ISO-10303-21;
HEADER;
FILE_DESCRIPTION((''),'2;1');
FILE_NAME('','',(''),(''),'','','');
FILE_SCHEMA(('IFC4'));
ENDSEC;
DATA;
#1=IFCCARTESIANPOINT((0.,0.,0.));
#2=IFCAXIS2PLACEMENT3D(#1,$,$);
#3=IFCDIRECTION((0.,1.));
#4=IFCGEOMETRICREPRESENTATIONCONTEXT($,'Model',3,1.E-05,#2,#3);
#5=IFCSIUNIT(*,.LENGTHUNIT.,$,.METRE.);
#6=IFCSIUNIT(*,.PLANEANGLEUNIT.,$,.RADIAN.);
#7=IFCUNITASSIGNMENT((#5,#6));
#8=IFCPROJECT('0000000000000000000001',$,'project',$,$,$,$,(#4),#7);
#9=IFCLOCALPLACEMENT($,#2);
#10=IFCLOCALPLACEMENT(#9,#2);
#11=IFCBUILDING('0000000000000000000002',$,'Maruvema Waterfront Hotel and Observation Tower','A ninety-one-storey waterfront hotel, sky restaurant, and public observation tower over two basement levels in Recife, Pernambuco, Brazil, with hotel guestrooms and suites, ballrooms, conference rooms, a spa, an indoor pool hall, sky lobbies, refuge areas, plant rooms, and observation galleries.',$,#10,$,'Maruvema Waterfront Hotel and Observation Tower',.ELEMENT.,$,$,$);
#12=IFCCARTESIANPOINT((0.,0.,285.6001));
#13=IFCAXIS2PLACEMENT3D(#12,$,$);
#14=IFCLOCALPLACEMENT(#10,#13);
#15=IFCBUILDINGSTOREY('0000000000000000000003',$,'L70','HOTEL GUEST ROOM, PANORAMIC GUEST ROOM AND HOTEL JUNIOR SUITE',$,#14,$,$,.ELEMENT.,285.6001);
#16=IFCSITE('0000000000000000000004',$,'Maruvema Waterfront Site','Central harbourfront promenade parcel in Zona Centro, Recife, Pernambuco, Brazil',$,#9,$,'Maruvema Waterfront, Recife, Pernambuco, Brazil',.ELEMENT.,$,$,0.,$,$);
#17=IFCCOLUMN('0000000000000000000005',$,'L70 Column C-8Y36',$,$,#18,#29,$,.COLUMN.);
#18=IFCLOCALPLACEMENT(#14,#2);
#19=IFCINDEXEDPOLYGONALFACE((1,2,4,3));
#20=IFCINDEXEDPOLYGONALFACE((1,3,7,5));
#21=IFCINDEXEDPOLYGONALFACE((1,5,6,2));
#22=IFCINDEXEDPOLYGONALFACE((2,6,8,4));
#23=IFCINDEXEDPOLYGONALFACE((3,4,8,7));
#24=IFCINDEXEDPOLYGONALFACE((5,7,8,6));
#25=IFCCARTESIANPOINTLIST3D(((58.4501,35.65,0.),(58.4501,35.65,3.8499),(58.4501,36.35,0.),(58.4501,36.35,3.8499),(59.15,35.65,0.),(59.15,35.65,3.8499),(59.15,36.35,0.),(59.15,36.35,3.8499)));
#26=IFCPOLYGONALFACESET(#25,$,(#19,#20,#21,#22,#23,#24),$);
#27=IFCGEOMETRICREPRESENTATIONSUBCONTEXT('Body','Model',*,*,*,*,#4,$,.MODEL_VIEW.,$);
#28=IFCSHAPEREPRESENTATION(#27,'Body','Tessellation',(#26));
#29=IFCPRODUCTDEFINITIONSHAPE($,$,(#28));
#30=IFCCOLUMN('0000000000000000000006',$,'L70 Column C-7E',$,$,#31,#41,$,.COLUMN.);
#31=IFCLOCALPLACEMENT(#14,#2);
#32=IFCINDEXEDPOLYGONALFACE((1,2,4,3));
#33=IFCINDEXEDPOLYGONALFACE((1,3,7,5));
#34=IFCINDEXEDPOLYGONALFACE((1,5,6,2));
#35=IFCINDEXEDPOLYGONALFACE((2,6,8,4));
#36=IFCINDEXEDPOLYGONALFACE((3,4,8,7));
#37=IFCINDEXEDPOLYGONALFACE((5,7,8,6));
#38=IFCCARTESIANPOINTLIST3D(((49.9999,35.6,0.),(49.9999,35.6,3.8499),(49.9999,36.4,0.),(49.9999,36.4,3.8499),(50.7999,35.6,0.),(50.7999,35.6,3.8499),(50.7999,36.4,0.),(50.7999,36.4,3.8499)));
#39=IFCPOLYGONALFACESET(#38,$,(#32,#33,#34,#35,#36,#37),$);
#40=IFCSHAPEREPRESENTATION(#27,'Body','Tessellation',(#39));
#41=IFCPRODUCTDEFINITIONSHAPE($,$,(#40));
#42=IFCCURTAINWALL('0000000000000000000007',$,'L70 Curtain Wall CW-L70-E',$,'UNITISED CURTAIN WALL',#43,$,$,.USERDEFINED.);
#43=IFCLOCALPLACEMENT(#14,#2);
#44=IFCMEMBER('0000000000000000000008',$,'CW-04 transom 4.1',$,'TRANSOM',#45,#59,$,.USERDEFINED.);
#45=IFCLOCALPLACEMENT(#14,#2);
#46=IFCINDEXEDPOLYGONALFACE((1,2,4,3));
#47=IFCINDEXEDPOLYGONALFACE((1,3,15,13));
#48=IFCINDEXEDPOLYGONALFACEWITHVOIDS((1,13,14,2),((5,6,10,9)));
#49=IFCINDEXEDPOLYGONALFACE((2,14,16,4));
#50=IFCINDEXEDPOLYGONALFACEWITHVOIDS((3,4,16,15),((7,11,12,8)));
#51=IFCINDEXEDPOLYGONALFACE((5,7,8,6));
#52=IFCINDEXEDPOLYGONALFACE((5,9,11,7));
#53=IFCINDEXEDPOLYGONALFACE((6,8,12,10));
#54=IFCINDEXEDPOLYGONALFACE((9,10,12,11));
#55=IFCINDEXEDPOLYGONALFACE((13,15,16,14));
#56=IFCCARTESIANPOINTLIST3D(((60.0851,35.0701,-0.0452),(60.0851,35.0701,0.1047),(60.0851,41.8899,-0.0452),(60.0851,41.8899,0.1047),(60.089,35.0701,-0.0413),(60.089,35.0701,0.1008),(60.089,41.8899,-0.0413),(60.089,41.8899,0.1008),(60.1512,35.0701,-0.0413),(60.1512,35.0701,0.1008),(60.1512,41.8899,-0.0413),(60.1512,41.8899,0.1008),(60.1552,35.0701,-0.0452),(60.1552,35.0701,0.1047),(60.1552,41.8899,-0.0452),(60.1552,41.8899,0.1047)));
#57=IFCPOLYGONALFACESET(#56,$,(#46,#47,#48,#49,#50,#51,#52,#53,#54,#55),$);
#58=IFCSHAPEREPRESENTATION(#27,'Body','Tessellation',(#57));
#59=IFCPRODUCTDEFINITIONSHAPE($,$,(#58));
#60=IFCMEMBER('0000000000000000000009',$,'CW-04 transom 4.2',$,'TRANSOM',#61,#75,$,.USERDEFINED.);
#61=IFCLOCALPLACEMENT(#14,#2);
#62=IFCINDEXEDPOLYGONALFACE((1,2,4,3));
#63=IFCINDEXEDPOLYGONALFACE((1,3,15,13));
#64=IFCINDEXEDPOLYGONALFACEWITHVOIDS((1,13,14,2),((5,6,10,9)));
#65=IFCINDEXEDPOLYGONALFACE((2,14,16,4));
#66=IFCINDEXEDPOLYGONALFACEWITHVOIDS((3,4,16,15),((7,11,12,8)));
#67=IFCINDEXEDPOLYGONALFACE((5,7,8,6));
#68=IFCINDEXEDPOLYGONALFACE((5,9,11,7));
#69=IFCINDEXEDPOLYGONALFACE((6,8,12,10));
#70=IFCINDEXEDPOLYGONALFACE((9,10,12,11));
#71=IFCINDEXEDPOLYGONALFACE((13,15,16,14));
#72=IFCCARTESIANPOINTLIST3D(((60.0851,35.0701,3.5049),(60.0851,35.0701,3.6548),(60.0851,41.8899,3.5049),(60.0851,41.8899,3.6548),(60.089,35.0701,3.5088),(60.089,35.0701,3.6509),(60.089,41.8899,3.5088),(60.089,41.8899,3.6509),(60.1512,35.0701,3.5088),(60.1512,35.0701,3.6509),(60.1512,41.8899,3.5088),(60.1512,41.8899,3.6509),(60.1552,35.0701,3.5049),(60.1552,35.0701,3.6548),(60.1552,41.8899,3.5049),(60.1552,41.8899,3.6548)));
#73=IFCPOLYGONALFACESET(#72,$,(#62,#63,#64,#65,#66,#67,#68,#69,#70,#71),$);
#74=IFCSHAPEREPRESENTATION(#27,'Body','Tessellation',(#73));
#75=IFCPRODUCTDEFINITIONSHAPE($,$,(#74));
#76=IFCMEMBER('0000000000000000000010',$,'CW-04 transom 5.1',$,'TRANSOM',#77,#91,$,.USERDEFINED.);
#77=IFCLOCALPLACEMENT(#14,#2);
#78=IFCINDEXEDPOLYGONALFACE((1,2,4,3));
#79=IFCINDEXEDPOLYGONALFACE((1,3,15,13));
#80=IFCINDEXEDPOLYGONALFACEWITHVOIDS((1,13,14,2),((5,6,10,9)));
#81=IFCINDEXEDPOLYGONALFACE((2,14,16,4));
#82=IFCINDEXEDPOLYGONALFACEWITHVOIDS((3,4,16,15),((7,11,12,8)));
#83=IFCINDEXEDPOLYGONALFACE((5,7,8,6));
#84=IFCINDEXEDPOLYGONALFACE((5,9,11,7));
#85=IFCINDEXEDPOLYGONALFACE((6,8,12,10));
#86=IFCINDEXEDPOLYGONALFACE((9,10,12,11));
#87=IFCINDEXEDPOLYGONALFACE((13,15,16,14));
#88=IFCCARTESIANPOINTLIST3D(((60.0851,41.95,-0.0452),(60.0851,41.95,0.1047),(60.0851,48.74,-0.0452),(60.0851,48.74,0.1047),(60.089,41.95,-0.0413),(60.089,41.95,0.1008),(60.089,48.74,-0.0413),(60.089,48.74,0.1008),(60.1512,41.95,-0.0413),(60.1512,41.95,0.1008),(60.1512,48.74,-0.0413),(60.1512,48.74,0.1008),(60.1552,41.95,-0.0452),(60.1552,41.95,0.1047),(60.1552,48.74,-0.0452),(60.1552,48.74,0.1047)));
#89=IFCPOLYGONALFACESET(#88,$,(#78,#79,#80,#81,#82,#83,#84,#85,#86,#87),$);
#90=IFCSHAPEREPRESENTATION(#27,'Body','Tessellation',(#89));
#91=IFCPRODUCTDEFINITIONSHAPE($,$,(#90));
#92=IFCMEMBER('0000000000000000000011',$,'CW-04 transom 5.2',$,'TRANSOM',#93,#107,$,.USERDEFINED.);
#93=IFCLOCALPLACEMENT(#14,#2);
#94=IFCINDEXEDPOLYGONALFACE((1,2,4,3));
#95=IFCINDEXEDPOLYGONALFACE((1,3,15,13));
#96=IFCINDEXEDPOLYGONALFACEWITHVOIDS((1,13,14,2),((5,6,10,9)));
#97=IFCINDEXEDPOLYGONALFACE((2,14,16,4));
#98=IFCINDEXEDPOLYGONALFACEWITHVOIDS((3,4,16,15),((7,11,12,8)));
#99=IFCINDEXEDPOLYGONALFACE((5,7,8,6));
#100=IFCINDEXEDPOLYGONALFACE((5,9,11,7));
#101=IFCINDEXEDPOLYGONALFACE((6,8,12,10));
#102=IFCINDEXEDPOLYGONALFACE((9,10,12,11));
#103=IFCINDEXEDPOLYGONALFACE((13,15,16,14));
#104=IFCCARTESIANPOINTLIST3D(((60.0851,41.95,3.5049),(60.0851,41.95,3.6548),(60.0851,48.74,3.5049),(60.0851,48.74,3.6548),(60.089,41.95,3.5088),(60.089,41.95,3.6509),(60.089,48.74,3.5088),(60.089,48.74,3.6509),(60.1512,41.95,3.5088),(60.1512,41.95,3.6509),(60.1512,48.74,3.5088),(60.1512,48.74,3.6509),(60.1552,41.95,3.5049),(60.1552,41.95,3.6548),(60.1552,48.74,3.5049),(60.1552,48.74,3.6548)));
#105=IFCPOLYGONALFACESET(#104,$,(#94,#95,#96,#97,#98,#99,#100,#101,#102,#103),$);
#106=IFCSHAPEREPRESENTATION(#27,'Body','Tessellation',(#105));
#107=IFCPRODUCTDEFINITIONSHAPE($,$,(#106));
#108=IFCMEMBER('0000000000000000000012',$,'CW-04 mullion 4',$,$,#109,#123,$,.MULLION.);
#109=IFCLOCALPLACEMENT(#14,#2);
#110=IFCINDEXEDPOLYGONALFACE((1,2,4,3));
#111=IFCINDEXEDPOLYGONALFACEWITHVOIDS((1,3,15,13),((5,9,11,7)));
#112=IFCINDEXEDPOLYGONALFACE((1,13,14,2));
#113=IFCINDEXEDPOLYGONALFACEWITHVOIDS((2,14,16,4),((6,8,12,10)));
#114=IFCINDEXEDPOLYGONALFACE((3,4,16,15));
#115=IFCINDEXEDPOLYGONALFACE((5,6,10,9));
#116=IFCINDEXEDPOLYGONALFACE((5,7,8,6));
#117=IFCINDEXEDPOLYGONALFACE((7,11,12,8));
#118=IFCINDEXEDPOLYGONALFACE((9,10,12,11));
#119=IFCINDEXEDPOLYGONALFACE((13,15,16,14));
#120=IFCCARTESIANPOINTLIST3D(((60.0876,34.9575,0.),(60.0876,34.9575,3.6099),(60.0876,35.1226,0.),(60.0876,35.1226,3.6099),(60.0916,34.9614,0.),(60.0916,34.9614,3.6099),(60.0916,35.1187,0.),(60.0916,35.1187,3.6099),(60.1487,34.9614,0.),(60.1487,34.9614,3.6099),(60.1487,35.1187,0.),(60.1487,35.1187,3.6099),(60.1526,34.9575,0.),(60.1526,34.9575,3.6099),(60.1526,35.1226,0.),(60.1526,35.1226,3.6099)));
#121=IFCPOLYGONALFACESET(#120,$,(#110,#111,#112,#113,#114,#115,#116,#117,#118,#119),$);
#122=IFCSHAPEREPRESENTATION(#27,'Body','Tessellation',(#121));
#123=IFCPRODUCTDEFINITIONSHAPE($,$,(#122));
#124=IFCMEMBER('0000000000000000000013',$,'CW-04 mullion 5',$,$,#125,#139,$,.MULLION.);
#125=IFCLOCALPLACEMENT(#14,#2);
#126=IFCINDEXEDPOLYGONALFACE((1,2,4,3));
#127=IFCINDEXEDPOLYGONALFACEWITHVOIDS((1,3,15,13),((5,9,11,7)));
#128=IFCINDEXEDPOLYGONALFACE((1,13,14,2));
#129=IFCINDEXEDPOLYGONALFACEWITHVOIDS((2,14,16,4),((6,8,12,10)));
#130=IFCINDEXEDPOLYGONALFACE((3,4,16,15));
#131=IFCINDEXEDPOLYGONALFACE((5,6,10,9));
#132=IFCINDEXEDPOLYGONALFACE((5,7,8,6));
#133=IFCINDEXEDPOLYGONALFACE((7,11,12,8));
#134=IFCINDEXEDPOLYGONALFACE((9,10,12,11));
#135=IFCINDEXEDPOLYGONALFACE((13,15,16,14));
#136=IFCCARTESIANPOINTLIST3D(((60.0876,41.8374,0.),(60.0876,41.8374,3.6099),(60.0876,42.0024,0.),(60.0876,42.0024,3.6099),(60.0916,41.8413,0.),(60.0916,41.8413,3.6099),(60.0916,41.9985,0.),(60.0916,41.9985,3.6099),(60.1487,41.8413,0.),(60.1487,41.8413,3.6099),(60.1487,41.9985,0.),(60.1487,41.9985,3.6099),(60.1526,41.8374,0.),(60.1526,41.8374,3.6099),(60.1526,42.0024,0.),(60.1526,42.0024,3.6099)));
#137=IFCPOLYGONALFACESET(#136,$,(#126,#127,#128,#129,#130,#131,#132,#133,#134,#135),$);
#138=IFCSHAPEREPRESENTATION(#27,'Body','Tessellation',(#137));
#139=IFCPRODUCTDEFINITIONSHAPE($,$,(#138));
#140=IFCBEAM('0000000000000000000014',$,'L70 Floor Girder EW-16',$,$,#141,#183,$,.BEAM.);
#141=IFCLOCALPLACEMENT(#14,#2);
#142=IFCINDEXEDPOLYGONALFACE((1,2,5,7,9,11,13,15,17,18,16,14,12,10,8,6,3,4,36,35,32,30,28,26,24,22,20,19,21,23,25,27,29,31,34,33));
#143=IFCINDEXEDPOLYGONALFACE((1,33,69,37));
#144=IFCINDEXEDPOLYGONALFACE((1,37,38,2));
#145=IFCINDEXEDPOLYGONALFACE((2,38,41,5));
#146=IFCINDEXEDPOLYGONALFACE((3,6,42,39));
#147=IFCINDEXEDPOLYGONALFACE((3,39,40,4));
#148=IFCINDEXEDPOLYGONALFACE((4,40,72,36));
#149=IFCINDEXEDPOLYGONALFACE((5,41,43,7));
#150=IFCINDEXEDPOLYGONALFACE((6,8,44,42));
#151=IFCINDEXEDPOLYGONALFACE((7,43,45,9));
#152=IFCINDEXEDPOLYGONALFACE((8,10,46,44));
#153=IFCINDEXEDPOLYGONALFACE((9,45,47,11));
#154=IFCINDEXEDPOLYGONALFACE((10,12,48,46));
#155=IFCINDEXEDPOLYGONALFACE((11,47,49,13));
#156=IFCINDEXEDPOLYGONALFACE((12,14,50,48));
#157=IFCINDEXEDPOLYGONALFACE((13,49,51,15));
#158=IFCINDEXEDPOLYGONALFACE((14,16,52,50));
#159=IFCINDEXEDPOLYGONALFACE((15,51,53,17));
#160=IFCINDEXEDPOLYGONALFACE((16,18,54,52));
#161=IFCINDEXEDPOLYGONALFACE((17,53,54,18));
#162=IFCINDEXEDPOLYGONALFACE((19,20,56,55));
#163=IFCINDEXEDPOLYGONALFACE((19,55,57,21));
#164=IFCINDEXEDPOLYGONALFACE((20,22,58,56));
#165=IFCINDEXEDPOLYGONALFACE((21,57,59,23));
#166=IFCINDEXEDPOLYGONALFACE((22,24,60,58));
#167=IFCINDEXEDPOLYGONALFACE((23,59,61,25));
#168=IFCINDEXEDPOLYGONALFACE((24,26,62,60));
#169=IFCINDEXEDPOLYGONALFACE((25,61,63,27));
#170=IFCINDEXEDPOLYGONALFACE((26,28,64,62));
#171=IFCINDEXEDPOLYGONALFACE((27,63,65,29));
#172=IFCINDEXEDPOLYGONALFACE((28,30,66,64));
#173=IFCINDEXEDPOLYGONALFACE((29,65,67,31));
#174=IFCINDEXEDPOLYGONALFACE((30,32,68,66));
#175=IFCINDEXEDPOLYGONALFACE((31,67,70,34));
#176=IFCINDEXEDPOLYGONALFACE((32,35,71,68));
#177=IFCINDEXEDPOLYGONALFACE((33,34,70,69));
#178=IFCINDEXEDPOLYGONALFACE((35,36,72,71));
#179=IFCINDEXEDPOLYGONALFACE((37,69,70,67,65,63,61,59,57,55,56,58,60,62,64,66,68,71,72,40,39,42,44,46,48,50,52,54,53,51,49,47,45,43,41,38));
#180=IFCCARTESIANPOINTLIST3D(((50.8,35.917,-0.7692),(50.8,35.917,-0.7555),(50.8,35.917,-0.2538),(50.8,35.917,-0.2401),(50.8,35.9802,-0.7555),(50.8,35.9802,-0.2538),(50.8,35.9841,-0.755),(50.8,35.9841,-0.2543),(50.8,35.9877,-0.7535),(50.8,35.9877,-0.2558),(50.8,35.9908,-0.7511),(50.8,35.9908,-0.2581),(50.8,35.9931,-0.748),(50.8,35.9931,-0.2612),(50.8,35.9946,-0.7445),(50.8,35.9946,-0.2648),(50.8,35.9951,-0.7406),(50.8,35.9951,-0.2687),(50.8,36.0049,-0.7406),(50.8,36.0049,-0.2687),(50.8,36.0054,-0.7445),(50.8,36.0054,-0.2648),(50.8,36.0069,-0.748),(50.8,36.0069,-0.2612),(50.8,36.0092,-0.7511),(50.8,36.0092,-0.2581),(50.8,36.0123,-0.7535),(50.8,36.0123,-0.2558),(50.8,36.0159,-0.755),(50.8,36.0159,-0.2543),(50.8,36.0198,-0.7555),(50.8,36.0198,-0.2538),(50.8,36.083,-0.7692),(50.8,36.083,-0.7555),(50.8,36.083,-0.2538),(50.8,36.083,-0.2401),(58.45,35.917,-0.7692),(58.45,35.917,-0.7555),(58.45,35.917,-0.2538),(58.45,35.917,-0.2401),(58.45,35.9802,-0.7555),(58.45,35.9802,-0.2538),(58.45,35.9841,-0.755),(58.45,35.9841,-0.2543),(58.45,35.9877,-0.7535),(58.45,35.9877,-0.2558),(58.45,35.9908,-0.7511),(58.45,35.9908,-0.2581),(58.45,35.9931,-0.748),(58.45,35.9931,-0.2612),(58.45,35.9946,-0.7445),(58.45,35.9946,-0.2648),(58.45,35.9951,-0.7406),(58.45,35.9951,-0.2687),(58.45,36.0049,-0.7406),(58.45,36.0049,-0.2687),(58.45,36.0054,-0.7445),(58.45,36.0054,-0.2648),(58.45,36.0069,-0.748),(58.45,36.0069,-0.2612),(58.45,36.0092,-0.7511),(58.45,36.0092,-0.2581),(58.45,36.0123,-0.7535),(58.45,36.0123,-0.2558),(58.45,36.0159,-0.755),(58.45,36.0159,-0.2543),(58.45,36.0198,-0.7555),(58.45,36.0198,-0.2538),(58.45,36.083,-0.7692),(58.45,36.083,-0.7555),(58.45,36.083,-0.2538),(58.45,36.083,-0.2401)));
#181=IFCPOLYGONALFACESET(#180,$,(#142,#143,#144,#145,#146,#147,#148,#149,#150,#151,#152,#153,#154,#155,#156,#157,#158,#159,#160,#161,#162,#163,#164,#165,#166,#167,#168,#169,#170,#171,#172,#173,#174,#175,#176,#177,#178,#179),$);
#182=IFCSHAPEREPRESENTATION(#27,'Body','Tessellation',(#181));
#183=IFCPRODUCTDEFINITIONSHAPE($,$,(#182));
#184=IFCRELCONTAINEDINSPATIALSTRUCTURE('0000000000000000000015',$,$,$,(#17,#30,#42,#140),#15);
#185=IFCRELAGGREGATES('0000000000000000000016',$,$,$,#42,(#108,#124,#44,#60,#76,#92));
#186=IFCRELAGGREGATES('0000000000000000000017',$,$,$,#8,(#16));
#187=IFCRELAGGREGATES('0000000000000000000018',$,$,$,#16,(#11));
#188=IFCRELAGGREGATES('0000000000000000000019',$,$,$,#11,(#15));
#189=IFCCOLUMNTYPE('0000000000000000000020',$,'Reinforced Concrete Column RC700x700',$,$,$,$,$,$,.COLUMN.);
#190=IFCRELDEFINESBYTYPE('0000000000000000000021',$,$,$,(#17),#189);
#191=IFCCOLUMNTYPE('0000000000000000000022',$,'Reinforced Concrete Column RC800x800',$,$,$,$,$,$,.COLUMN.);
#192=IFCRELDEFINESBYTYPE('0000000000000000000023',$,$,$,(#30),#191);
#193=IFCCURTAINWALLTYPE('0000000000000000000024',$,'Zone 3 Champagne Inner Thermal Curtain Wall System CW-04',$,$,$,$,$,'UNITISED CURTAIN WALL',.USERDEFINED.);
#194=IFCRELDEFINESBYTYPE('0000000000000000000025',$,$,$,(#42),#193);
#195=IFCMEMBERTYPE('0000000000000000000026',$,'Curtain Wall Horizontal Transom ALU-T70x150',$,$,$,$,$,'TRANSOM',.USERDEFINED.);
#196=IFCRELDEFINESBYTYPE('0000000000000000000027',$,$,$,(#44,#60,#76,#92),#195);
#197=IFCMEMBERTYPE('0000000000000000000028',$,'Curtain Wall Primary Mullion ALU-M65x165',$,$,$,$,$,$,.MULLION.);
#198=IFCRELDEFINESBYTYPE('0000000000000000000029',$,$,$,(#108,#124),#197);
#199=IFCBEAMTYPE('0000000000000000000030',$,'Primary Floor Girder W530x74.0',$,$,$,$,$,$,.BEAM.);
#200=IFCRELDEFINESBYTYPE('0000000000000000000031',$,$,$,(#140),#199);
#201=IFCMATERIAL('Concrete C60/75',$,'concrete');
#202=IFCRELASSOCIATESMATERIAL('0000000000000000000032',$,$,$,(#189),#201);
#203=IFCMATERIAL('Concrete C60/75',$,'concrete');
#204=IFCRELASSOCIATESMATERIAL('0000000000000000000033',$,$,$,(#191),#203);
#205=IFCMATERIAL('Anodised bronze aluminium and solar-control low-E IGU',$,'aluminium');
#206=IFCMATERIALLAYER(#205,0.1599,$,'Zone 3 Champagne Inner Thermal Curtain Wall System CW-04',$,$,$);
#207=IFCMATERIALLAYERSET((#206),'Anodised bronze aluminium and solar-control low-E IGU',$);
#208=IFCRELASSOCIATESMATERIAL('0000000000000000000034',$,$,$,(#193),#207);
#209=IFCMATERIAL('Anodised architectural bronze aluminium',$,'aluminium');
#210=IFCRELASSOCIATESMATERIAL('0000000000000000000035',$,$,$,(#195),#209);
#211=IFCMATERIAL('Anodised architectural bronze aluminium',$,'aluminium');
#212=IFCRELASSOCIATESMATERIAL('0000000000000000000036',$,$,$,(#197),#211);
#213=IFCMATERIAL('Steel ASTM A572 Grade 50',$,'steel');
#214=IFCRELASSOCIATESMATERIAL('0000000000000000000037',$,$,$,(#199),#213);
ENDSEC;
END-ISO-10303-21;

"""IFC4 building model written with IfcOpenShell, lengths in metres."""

from ifc_helpers import new_model, si_unit, direction, frame, origin, origin_2d, place, context, subcontext, project, spatial, rectangle, hollow_rectangle, i_section, extrude, material, layer, layer_set, material_profile, profile_set, type_object, element, aggregate, save


model = new_model("IFC4")

# Units and contexts
model_context = context("Model", 3, precision=1e-05, world=origin(), true_north=direction((0.0, 1.0)))
body_context = subcontext(model_context, "Body", "Model", "MODEL_VIEW")
ifc_project = project(units=[si_unit("LENGTHUNIT", "METRE"), si_unit("PLANEANGLEUNIT", "RADIAN")], contexts=[model_context])

# Site, building, storey
site_placement = place(None, origin())
site = spatial("IfcSite", under=ifc_project, at=site_placement, Name="Maruvema Waterfront Site", Description="Central harbourfront promenade parcel in Zona Centro, Recife, Pernambuco, Brazil", LongName="Maruvema Waterfront, Recife, Pernambuco, Brazil", CompositionType="ELEMENT", RefElevation=0.0)
building_placement = place(site_placement, origin())
building = spatial("IfcBuilding", under=site, at=building_placement, Name="Maruvema Waterfront Hotel and Observation Tower", Description="A ninety-one-storey waterfront hotel, sky restaurant, and public observation tower over two basement levels in Recife, Pernambuco, Brazil, with hotel guestrooms and suites, ballrooms, conference rooms, a spa, an indoor pool hall, sky lobbies, refuge areas, plant rooms, and observation galleries.", LongName="Maruvema Waterfront Hotel and Observation Tower", CompositionType="ELEMENT")
storey_placement = place(building_placement, frame((0.0, 0.0, 285.6001)))
storey = spatial("IfcBuildingStorey", under=building, at=storey_placement, Name="L70", Description="HOTEL GUEST ROOM, PANORAMIC GUEST ROOM AND HOTEL JUNIOR SUITE", CompositionType="ELEMENT", Elevation=285.6001)

# Columns
ifc_material_1 = material(Name="Concrete C60/75", Category="concrete")
ifc_material_profile_1 = material_profile(ifc_material_1, rectangle(XDim=0.7, YDim=0.7, at=origin_2d()), Name="RC700x700")
ifc_profile_set_1 = profile_set([ifc_material_profile_1], Name="Concrete C60/75")
column_type_1 = type_object("IfcColumnType", Name="Reinforced Concrete Column RC700x700", PredefinedType="COLUMN", material=ifc_profile_set_1)
column_1_placement = place(storey_placement, frame((58.8, 36.0, 0.0), z_axis=(0.0, 0.0, 1.0), x_axis=(1.0, 0.0, 0.0)))
element("IfcColumn", 1, at=column_1_placement, inside=storey, type_object=column_type_1, Name="L70 Column C-8Y36", PredefinedType="COLUMN", context=body_context, shape_type="SweptSolid", body=[
    extrude(rectangle(XDim=0.7, YDim=0.7, at=origin_2d()), origin(), (0.0, 0.0, 1.0), 3.8499),
])
ifc_material_2 = material(Name="Concrete C60/75", Category="concrete")
ifc_material_profile_2 = material_profile(ifc_material_2, rectangle(XDim=0.8, YDim=0.8, at=origin_2d()), Name="RC800x800")
ifc_profile_set_2 = profile_set([ifc_material_profile_2], Name="Concrete C60/75")
column_type_2 = type_object("IfcColumnType", Name="Reinforced Concrete Column RC800x800", PredefinedType="COLUMN", material=ifc_profile_set_2)
column_2_placement = place(storey_placement, frame((50.3999, 36.0, 0.0), z_axis=(0.0, 0.0, 1.0), x_axis=(1.0, 0.0, 0.0)))
element("IfcColumn", 2, at=column_2_placement, inside=storey, type_object=column_type_2, Name="L70 Column C-7E", PredefinedType="COLUMN", context=body_context, shape_type="SweptSolid", body=[
    extrude(rectangle(XDim=0.8, YDim=0.8, at=origin_2d()), origin(), (0.0, 0.0, 1.0), 3.8499),
])

# Curtain wall, members
ifc_material_3 = material(Name="Anodised bronze aluminium and solar-control low-E IGU", Category="aluminium")
ifc_layer_1 = layer(ifc_material_3, 0.1599, Name="Zone 3 Champagne Inner Thermal Curtain Wall System CW-04")
ifc_layer_set_1 = layer_set([ifc_layer_1], Name="Anodised bronze aluminium and solar-control low-E IGU")
curtain_wall_type = type_object("IfcCurtainWallType", Name="Zone 3 Champagne Inner Thermal Curtain Wall System CW-04", ElementType="UNITISED CURTAIN WALL", PredefinedType="USERDEFINED", material=ifc_layer_set_1)
curtain_wall_placement = place(storey_placement, origin())
curtain_wall = element("IfcCurtainWall", 3, at=curtain_wall_placement, inside=storey, type_object=curtain_wall_type, Name="L70 Curtain Wall CW-L70-E", ObjectType="UNITISED CURTAIN WALL", PredefinedType="USERDEFINED")
ifc_material_4 = material(Name="Anodised architectural bronze aluminium", Category="aluminium")
ifc_material_profile_3 = material_profile(ifc_material_4, hollow_rectangle(XDim=0.0701, YDim=0.1499, WallThickness=0.0039, at=origin_2d()), Name="ALU-T70x150")
ifc_profile_set_3 = profile_set([ifc_material_profile_3], Name="Anodised architectural bronze aluminium")
member_type_1 = type_object("IfcMemberType", Name="Curtain Wall Horizontal Transom ALU-T70x150", ElementType="TRANSOM", PredefinedType="USERDEFINED", material=ifc_profile_set_3)
member_1_placement = place(storey_placement, frame((60.1201, 35.0701, 0.0298), z_axis=(0.0, 1.0, 0.0), x_axis=(-1.0, 0.0, 0.0)))
member_1 = element("IfcMember", 4, at=member_1_placement, type_object=member_type_1, Name="CW-04 transom 4.1", ObjectType="TRANSOM", PredefinedType="USERDEFINED", context=body_context, shape_type="SweptSolid", body=[
    extrude(hollow_rectangle(XDim=0.0701, YDim=0.1499, WallThickness=0.0039, at=origin_2d()), origin(), (0.0, 0.0, 1.0), 6.8198),
])
member_2_placement = place(storey_placement, frame((60.1201, 35.0701, 3.5798), z_axis=(0.0, 1.0, 0.0), x_axis=(-1.0, 0.0, 0.0)))
member_2 = element("IfcMember", 5, at=member_2_placement, type_object=member_type_1, Name="CW-04 transom 4.2", ObjectType="TRANSOM", PredefinedType="USERDEFINED", context=body_context, shape_type="SweptSolid", body=[
    extrude(hollow_rectangle(XDim=0.0701, YDim=0.1499, WallThickness=0.0039, at=origin_2d()), origin(), (0.0, 0.0, 1.0), 6.8198),
])
member_3_placement = place(storey_placement, frame((60.1201, 41.95, 0.0298), z_axis=(0.0, 1.0, 0.0), x_axis=(-1.0, 0.0, 0.0)))
member_3 = element("IfcMember", 6, at=member_3_placement, type_object=member_type_1, Name="CW-04 transom 5.1", ObjectType="TRANSOM", PredefinedType="USERDEFINED", context=body_context, shape_type="SweptSolid", body=[
    extrude(hollow_rectangle(XDim=0.0701, YDim=0.1499, WallThickness=0.0039, at=origin_2d()), origin(), (0.0, 0.0, 1.0), 6.79),
])
member_4_placement = place(storey_placement, frame((60.1201, 41.95, 3.5798), z_axis=(0.0, 1.0, 0.0), x_axis=(-1.0, 0.0, 0.0)))
member_4 = element("IfcMember", 7, at=member_4_placement, type_object=member_type_1, Name="CW-04 transom 5.2", ObjectType="TRANSOM", PredefinedType="USERDEFINED", context=body_context, shape_type="SweptSolid", body=[
    extrude(hollow_rectangle(XDim=0.0701, YDim=0.1499, WallThickness=0.0039, at=origin_2d()), origin(), (0.0, 0.0, 1.0), 6.79),
])
ifc_material_5 = material(Name="Anodised architectural bronze aluminium", Category="aluminium")
ifc_material_profile_4 = material_profile(ifc_material_5, hollow_rectangle(XDim=0.0649, YDim=0.165, WallThickness=0.0039, at=origin_2d()), Name="ALU-M65x165")
ifc_profile_set_4 = profile_set([ifc_material_profile_4], Name="Anodised architectural bronze aluminium")
member_type_2 = type_object("IfcMemberType", Name="Curtain Wall Primary Mullion ALU-M65x165", PredefinedType="MULLION", material=ifc_profile_set_4)
member_5_placement = place(storey_placement, frame((60.1201, 35.04, 0.0), z_axis=(0.0, 0.0, 1.0), x_axis=(-1.0, 0.0, 0.0)))
member_5 = element("IfcMember", 8, at=member_5_placement, type_object=member_type_2, Name="CW-04 mullion 4", PredefinedType="MULLION", context=body_context, shape_type="SweptSolid", body=[
    extrude(hollow_rectangle(XDim=0.0649, YDim=0.165, WallThickness=0.0039, at=origin_2d()), origin(), (0.0, 0.0, 1.0), 3.6099),
])
member_6_placement = place(storey_placement, frame((60.1201, 41.9199, 0.0), z_axis=(0.0, 0.0, 1.0), x_axis=(-1.0, 0.0, 0.0)))
member_6 = element("IfcMember", 9, at=member_6_placement, type_object=member_type_2, Name="CW-04 mullion 5", PredefinedType="MULLION", context=body_context, shape_type="SweptSolid", body=[
    extrude(hollow_rectangle(XDim=0.0649, YDim=0.165, WallThickness=0.0039, at=origin_2d()), origin(), (0.0, 0.0, 1.0), 3.6099),
])

# Beam
ifc_material_6 = material(Name="Steel ASTM A572 Grade 50", Category="steel")
ifc_material_profile_5 = material_profile(ifc_material_6, i_section(OverallWidth=0.166, OverallDepth=0.5291, WebThickness=0.0098, FlangeThickness=0.0137, FilletRadius=0.0149, at=origin_2d()), Name="W530x74.0")
ifc_profile_set_5 = profile_set([ifc_material_profile_5], Name="Steel ASTM A572 Grade 50")
beam_type_1 = type_object("IfcBeamType", Name="Primary Floor Girder W530x74.0", PredefinedType="BEAM", material=ifc_profile_set_5)
beam_1_placement = place(storey_placement, frame((50.8, 36.0, -0.5046), z_axis=(1.0, 0.0, 0.0), x_axis=(0.0, 1.0, 0.0)))
element("IfcBeam", 10, at=beam_1_placement, inside=storey, type_object=beam_type_1, Name="L70 Floor Girder EW-16", PredefinedType="BEAM", context=body_context, shape_type="SweptSolid", body=[
    extrude(i_section(OverallWidth=0.166, OverallDepth=0.5291, WebThickness=0.0098, FlangeThickness=0.0137, FilletRadius=0.0149, at=origin_2d()), origin(), (0.0, 0.0, 1.0), 7.6499),
])

aggregate(curtain_wall, [member_5, member_6, member_1, member_2, member_3, member_4])

save(model, "model.ifc")
